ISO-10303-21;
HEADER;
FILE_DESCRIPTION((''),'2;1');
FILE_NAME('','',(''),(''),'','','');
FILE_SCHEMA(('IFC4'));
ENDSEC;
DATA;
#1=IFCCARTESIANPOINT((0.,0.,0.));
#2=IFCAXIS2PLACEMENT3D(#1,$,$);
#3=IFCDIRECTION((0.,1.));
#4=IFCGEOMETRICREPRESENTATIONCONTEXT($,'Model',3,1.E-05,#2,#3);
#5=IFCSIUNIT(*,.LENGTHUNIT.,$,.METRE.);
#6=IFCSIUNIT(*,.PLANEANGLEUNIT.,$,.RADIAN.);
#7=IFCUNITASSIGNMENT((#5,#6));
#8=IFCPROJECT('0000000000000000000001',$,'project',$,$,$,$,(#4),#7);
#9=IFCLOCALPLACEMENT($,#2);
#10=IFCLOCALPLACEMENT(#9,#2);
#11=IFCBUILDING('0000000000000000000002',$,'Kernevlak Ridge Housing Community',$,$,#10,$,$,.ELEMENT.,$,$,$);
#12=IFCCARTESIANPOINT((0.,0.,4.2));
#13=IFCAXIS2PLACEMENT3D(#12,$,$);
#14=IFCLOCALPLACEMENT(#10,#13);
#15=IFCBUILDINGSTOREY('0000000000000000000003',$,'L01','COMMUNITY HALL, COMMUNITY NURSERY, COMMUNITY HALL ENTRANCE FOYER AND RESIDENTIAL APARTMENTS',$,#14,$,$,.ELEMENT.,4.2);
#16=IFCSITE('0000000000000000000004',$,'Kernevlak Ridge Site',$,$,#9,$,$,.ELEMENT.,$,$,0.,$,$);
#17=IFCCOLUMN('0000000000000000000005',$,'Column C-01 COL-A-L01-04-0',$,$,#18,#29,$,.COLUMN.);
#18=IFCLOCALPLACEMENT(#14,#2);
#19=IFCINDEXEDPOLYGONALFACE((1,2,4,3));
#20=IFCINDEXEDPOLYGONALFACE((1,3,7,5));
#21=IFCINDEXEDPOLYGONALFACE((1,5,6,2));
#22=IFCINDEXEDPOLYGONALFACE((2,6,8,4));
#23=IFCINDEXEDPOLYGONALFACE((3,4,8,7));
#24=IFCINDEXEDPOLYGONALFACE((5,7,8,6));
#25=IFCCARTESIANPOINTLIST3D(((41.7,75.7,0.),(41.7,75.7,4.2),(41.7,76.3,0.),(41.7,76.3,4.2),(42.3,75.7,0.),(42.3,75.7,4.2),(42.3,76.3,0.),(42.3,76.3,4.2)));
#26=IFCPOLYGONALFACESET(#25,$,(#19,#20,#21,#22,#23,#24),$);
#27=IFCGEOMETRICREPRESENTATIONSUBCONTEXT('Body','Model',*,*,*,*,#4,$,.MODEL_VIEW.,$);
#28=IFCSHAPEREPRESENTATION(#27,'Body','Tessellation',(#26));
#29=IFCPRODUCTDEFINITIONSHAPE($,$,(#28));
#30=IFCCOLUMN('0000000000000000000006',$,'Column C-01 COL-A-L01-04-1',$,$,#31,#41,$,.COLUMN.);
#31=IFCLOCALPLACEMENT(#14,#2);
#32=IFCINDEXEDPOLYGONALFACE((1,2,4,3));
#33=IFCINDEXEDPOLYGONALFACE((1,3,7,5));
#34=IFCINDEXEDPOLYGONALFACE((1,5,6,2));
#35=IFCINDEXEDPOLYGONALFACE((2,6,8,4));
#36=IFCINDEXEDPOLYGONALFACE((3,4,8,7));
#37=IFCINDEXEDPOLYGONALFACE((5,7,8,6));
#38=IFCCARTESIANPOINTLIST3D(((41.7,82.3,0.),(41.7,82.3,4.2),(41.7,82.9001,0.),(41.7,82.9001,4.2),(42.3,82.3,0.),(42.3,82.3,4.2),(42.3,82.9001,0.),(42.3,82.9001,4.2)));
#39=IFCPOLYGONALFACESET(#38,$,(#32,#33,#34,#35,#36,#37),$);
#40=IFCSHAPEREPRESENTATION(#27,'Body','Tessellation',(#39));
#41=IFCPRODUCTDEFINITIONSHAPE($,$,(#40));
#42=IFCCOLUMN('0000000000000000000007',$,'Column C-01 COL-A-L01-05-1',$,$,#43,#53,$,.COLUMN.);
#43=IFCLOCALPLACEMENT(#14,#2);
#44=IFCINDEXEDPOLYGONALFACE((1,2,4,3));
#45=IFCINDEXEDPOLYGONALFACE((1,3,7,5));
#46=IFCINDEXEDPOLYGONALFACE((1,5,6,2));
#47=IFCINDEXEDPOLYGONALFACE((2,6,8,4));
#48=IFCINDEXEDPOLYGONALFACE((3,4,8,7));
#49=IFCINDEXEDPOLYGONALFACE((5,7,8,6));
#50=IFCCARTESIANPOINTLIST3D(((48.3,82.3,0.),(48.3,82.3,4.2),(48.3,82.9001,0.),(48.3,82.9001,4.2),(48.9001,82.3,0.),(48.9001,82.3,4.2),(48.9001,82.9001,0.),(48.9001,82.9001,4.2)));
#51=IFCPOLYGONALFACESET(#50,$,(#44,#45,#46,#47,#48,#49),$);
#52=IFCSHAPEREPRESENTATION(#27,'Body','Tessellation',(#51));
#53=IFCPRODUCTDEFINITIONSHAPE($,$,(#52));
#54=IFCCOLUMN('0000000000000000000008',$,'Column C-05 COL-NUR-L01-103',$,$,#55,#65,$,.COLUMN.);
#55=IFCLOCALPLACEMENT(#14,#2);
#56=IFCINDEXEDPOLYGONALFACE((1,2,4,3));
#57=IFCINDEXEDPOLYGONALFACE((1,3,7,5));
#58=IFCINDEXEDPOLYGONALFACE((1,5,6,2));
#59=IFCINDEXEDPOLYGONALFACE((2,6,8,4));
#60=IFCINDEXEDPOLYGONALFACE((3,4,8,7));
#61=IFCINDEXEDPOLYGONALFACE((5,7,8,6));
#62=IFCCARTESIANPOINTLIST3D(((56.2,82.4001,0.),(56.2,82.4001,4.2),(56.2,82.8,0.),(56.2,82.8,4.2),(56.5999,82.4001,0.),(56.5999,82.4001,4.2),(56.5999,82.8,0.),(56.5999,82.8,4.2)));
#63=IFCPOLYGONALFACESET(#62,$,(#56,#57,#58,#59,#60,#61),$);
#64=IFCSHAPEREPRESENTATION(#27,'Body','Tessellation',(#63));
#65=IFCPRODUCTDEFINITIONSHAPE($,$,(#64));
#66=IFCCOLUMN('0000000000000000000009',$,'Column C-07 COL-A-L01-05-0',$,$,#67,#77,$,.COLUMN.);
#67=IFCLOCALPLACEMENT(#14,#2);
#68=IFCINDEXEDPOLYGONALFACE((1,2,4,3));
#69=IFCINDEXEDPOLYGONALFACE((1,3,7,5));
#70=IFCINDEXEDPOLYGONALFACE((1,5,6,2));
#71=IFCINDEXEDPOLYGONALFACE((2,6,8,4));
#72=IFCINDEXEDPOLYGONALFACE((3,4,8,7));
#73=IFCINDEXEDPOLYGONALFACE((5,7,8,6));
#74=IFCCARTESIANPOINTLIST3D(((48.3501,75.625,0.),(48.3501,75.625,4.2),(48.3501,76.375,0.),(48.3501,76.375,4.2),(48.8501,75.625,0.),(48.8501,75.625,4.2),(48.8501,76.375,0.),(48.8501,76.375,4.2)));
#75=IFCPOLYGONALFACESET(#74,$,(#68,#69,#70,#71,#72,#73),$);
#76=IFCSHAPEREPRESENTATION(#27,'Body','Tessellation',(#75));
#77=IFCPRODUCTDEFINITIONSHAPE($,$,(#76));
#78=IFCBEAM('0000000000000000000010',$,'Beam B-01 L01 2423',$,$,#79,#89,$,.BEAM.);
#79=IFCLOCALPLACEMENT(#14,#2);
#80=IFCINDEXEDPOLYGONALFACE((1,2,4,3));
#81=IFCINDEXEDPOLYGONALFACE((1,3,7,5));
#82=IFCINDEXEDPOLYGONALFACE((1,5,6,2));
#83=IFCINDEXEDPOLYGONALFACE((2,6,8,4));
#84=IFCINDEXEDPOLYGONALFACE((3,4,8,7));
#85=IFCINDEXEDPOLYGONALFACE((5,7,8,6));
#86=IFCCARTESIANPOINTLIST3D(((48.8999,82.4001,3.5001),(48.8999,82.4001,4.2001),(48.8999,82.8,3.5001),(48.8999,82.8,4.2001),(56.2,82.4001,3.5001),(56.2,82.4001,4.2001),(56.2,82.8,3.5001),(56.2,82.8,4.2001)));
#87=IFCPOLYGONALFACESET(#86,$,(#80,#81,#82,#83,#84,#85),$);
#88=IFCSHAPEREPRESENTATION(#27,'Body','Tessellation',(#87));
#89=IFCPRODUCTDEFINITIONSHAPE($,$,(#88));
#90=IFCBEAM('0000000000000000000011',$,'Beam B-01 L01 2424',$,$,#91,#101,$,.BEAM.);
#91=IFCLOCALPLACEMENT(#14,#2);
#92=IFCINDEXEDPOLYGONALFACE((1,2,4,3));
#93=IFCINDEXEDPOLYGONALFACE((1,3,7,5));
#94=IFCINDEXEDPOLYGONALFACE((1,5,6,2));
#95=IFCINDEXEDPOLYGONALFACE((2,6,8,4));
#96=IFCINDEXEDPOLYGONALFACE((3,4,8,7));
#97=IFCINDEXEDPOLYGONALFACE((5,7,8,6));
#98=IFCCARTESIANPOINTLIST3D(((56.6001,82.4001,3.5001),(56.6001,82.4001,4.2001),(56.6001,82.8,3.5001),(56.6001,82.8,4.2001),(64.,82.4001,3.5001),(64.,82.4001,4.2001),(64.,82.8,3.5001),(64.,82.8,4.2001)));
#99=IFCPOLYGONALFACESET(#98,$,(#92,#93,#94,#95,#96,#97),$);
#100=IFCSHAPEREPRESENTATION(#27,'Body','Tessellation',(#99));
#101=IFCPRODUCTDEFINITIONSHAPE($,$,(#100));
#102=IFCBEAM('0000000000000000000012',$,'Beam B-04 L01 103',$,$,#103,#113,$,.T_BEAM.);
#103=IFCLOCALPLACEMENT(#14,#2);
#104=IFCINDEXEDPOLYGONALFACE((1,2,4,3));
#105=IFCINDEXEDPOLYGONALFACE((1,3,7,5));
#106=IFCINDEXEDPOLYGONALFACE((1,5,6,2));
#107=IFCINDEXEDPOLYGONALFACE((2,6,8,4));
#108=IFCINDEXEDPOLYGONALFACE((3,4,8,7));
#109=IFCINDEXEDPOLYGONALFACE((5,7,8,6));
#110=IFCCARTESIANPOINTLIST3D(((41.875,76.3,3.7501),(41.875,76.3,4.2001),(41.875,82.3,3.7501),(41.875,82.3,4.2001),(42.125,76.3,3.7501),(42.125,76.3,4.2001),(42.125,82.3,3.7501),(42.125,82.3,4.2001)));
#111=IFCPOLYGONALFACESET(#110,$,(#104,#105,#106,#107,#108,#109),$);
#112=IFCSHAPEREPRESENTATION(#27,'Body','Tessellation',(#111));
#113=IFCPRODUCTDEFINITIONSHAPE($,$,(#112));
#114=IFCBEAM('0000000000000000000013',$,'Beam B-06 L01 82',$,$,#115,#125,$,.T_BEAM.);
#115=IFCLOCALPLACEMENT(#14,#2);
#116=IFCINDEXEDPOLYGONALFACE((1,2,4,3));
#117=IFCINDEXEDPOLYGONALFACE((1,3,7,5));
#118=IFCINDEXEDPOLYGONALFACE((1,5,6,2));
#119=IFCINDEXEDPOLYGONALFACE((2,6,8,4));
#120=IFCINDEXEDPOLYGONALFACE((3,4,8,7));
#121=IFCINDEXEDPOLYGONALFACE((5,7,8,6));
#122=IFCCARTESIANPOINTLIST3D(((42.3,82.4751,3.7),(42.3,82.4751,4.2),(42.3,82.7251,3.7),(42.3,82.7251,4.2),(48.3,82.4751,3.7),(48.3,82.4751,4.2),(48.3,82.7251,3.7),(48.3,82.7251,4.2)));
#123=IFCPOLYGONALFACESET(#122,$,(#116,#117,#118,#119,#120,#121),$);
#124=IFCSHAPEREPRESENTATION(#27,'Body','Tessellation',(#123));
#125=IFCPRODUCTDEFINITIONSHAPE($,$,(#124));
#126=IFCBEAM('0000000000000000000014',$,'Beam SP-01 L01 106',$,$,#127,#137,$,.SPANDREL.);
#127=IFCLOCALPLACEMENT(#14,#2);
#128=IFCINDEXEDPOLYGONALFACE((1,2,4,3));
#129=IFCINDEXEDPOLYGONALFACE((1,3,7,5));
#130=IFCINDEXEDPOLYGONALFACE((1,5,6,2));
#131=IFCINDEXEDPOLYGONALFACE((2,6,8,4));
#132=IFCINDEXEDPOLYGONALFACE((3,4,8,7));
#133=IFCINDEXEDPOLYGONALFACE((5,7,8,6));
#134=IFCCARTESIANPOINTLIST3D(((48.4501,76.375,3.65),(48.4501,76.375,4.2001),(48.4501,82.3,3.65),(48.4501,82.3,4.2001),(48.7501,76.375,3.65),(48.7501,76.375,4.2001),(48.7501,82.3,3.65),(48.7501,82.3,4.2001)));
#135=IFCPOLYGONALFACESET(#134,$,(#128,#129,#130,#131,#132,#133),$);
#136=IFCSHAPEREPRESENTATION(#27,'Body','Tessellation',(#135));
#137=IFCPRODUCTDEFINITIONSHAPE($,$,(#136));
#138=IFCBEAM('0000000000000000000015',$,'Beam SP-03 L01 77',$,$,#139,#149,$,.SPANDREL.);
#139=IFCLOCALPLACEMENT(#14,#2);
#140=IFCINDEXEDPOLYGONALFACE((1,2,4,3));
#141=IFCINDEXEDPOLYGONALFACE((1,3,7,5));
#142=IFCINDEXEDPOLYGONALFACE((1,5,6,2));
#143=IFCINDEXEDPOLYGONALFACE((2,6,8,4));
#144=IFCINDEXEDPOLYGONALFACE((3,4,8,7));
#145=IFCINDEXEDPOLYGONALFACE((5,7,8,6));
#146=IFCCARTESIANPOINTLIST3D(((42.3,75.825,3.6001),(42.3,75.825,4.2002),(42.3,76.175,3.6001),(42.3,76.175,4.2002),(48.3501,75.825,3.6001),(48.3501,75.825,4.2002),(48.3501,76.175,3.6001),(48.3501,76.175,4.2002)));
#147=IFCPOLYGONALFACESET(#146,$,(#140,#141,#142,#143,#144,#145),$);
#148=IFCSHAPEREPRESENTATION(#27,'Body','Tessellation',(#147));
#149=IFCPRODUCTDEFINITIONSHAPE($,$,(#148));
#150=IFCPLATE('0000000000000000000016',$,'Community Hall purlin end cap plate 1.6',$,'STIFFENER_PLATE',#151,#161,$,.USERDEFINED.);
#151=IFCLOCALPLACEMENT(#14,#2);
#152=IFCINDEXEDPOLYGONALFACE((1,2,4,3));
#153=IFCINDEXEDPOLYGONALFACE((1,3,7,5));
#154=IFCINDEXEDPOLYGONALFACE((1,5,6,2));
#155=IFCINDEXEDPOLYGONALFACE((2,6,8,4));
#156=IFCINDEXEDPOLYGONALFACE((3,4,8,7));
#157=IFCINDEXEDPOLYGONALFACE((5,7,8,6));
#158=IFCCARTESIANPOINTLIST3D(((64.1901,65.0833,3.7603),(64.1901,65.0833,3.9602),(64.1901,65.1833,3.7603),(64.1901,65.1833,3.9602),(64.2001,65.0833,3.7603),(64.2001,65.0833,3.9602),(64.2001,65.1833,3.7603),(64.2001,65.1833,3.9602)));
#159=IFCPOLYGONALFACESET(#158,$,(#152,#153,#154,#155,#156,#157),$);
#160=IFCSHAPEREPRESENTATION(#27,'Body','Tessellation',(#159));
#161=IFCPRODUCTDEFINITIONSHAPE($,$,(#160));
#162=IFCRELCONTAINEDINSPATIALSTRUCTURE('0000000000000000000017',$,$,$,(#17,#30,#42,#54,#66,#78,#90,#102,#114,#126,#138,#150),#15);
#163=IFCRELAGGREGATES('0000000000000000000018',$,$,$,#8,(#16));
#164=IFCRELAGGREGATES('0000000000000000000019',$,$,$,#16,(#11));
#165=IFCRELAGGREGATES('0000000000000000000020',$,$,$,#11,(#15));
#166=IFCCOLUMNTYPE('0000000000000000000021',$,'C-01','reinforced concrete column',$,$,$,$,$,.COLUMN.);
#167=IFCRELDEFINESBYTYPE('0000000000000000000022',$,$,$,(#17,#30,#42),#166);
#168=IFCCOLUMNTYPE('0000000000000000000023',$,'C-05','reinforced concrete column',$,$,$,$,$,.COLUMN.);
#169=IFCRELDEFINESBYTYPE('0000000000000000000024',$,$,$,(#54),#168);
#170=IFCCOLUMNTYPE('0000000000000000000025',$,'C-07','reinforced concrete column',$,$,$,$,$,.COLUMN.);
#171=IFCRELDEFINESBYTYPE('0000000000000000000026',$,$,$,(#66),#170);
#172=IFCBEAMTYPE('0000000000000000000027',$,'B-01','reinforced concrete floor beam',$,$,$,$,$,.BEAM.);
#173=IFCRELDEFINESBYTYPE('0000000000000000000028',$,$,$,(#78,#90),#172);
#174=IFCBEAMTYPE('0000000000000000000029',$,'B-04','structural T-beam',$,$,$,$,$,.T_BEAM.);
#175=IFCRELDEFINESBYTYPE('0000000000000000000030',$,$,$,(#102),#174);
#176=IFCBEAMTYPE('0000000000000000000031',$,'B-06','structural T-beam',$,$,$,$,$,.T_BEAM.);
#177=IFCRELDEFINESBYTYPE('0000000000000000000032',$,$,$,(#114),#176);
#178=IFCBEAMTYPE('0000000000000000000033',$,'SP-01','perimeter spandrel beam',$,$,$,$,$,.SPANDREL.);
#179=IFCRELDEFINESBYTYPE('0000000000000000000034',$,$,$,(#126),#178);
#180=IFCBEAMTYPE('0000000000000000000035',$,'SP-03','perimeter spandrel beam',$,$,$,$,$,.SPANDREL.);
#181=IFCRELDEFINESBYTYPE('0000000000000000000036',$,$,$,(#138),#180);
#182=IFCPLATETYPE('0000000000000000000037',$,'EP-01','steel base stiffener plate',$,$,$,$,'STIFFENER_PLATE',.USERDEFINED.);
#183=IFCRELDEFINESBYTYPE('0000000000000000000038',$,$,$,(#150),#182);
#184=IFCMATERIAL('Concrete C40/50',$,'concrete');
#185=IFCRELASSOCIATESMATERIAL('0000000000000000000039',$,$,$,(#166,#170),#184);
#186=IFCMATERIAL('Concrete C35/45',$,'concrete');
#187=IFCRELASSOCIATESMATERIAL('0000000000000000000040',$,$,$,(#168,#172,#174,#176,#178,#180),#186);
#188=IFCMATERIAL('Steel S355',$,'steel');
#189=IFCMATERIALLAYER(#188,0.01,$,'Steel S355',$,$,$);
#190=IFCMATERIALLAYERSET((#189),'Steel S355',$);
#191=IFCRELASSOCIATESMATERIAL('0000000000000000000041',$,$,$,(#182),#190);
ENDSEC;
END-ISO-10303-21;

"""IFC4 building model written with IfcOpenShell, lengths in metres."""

from ifc_helpers import new_model, si_unit, direction, frame, origin, origin_2d, place, context, subcontext, project, spatial, rectangle, extrude, material, layer, layer_set, material_profile, profile_set, type_object, element, save


model = new_model("IFC4")

# Units and contexts
model_context = context("Model", 3, precision=1e-05, world=origin(), true_north=direction((0.0, 1.0)))
body_context = subcontext(model_context, "Body", "Model", "MODEL_VIEW")
ifc_project = project(units=[si_unit("LENGTHUNIT", "METRE"), si_unit("PLANEANGLEUNIT", "RADIAN")], contexts=[model_context])

# Site, building, storey
site_placement = place(None, origin())
site = spatial("IfcSite", under=ifc_project, at=site_placement, Name="Kernevlak Ridge Site", CompositionType="ELEMENT", RefElevation=0.0)
building_placement = place(site_placement, origin())
building = spatial("IfcBuilding", under=site, at=building_placement, Name="Kernevlak Ridge Housing Community", CompositionType="ELEMENT")
storey_placement = place(building_placement, frame((0.0, 0.0, 4.2)))
storey = spatial("IfcBuildingStorey", under=building, at=storey_placement, Name="L01", Description="COMMUNITY HALL, COMMUNITY NURSERY, COMMUNITY HALL ENTRANCE FOYER AND RESIDENTIAL APARTMENTS", CompositionType="ELEMENT", Elevation=4.2)

# Columns
ifc_material_1 = material(Name="Concrete C40/50", Category="concrete")
ifc_material_profile_1 = material_profile(ifc_material_1, rectangle(XDim=0.6001, YDim=0.6001, at=origin_2d()), Name="RC 600x600")
ifc_profile_set_1 = profile_set([ifc_material_profile_1], Name="Concrete C40/50")
column_type_1 = type_object("IfcColumnType", Name="C-01", Description="reinforced concrete column", PredefinedType="COLUMN", material=ifc_profile_set_1)
for number, where, z_axis, x_axis, name in (
    (1, (42.0, 76.0, 0.0), (0.0, 0.0, 1.0), (1.0, 0.0, 0.0), "Column C-01 COL-A-L01-04-0"),
    (2, (42.0, 82.6001, 0.0), (0.0, 0.0, 1.0), (1.0, 0.0, 0.0), "Column C-01 COL-A-L01-04-1"),
    (3, (48.6001, 82.6001, 0.0), (0.0, 0.0, 1.0), (1.0, 0.0, 0.0), "Column C-01 COL-A-L01-05-1"),
):
    element("IfcColumn", number, at=place(storey_placement, frame(where, z_axis=z_axis, x_axis=x_axis)), inside=storey, type_object=column_type_1, Name=name, PredefinedType="COLUMN", context=body_context, shape_type="SweptSolid", body=[
        extrude(rectangle(XDim=0.6001, YDim=0.6001, at=origin_2d()), origin(), (0.0, 0.0, 1.0), 4.2),
    ])
ifc_material_2 = material(Name="Concrete C35/45", Category="concrete")
ifc_material_profile_2 = material_profile(ifc_material_2, rectangle(XDim=0.3999, YDim=0.3999, at=origin_2d()), Name="RC 400x400")
ifc_profile_set_2 = profile_set([ifc_material_profile_2], Name="Concrete C35/45")
column_type_2 = type_object("IfcColumnType", Name="C-05", Description="reinforced concrete column", PredefinedType="COLUMN", material=ifc_profile_set_2)
column_1_placement = place(storey_placement, frame((56.3999, 82.6001, 0.0), z_axis=(0.0, 0.0, 1.0), x_axis=(1.0, 0.0, 0.0)))
element("IfcColumn", 4, at=column_1_placement, inside=storey, type_object=column_type_2, Name="Column C-05 COL-NUR-L01-103", PredefinedType="COLUMN", context=body_context, shape_type="SweptSolid", body=[
    extrude(rectangle(XDim=0.3999, YDim=0.3999, at=origin_2d()), origin(), (0.0, 0.0, 1.0), 4.2),
])
ifc_material_profile_3 = material_profile(ifc_material_1, rectangle(XDim=0.5, YDim=0.75, at=origin_2d()), Name="RC 500x750")
ifc_profile_set_3 = profile_set([ifc_material_profile_3], Name="Concrete C40/50")
column_type_3 = type_object("IfcColumnType", Name="C-07", Description="reinforced concrete column", PredefinedType="COLUMN", material=ifc_profile_set_3)
column_2_placement = place(storey_placement, frame((48.6001, 76.0, 0.0), z_axis=(0.0, 0.0, 1.0), x_axis=(1.0, 0.0, 0.0)))
element("IfcColumn", 5, at=column_2_placement, inside=storey, type_object=column_type_3, Name="Column C-07 COL-A-L01-05-0", PredefinedType="COLUMN", context=body_context, shape_type="SweptSolid", body=[
    extrude(rectangle(XDim=0.5, YDim=0.75, at=origin_2d()), origin(), (0.0, 0.0, 1.0), 4.2),
])

# Beams
ifc_material_profile_4 = material_profile(ifc_material_2, rectangle(XDim=0.3999, YDim=0.7, at=origin_2d()), Name="RC 400x700")
ifc_profile_set_4 = profile_set([ifc_material_profile_4], Name="Concrete C35/45")
beam_type_1 = type_object("IfcBeamType", Name="B-01", Description="reinforced concrete floor beam", PredefinedType="BEAM", material=ifc_profile_set_4)
beam_1_placement = place(storey_placement, frame((48.8999, 82.6001, 3.8501), z_axis=(1.0, 0.0, 0.0), x_axis=(0.0, 1.0, 0.0)))
element("IfcBeam", 6, at=beam_1_placement, inside=storey, type_object=beam_type_1, Name="Beam B-01 L01 2423", PredefinedType="BEAM", context=body_context, shape_type="SweptSolid", body=[
    extrude(rectangle(XDim=0.3999, YDim=0.7, at=origin_2d()), origin(), (0.0, 0.0, 1.0), 7.3),
])
beam_2_placement = place(storey_placement, frame((56.6001, 82.6001, 3.8501), z_axis=(1.0, 0.0, 0.0), x_axis=(0.0, 1.0, 0.0)))
element("IfcBeam", 7, at=beam_2_placement, inside=storey, type_object=beam_type_1, Name="Beam B-01 L01 2424", PredefinedType="BEAM", context=body_context, shape_type="SweptSolid", body=[
    extrude(rectangle(XDim=0.3999, YDim=0.7, at=origin_2d()), origin(), (0.0, 0.0, 1.0), 7.3999),
])
ifc_material_profile_5 = material_profile(ifc_material_2, rectangle(XDim=0.25, YDim=0.45, at=origin_2d()), Name="RC 250x450")
ifc_profile_set_5 = profile_set([ifc_material_profile_5], Name="Concrete C35/45")
beam_type_2 = type_object("IfcBeamType", Name="B-04", Description="structural T-beam", PredefinedType="T_BEAM", material=ifc_profile_set_5)
beam_3_placement = place(storey_placement, frame((42.0, 76.3, 3.9751), z_axis=(0.0, 1.0, 0.0), x_axis=(-1.0, 0.0, 0.0)))
element("IfcBeam", 8, at=beam_3_placement, inside=storey, type_object=beam_type_2, Name="Beam B-04 L01 103", PredefinedType="T_BEAM", context=body_context, shape_type="SweptSolid", body=[
    extrude(rectangle(XDim=0.25, YDim=0.45, at=origin_2d()), origin(), (0.0, 0.0, 1.0), 6.0),
])
ifc_material_profile_6 = material_profile(ifc_material_2, rectangle(XDim=0.25, YDim=0.5, at=origin_2d()), Name="RC 250x500")
ifc_profile_set_6 = profile_set([ifc_material_profile_6], Name="Concrete C35/45")
beam_type_3 = type_object("IfcBeamType", Name="B-06", Description="structural T-beam", PredefinedType="T_BEAM", material=ifc_profile_set_6)
beam_4_placement = place(storey_placement, frame((42.3, 82.6001, 3.95), z_axis=(1.0, 0.0, 0.0), x_axis=(0.0, 1.0, 0.0)))
element("IfcBeam", 9, at=beam_4_placement, inside=storey, type_object=beam_type_3, Name="Beam B-06 L01 82", PredefinedType="T_BEAM", context=body_context, shape_type="SweptSolid", body=[
    extrude(rectangle(XDim=0.25, YDim=0.5, at=origin_2d()), origin(), (0.0, 0.0, 1.0), 6.0),
])
ifc_material_profile_7 = material_profile(ifc_material_2, rectangle(XDim=0.3, YDim=0.55, at=origin_2d()), Name="RC 300x550")
ifc_profile_set_7 = profile_set([ifc_material_profile_7], Name="Concrete C35/45")
beam_type_4 = type_object("IfcBeamType", Name="SP-01", Description="perimeter spandrel beam", PredefinedType="SPANDREL", material=ifc_profile_set_7)
beam_5_placement = place(storey_placement, frame((48.6001, 76.375, 3.925), z_axis=(0.0, 1.0, 0.0), x_axis=(-1.0, 0.0, 0.0)))
element("IfcBeam", 10, at=beam_5_placement, inside=storey, type_object=beam_type_4, Name="Beam SP-01 L01 106", PredefinedType="SPANDREL", context=body_context, shape_type="SweptSolid", body=[
    extrude(rectangle(XDim=0.3, YDim=0.55, at=origin_2d()), origin(), (0.0, 0.0, 1.0), 5.925),
])
ifc_material_profile_8 = material_profile(ifc_material_2, rectangle(XDim=0.3501, YDim=0.6001, at=origin_2d()), Name="RC 350x600")
ifc_profile_set_8 = profile_set([ifc_material_profile_8], Name="Concrete C35/45")
beam_type_5 = type_object("IfcBeamType", Name="SP-03", Description="perimeter spandrel beam", PredefinedType="SPANDREL", material=ifc_profile_set_8)
beam_6_placement = place(storey_placement, frame((42.3, 76.0, 3.9001), z_axis=(1.0, 0.0, 0.0), x_axis=(0.0, 1.0, 0.0)))
element("IfcBeam", 11, at=beam_6_placement, inside=storey, type_object=beam_type_5, Name="Beam SP-03 L01 77", PredefinedType="SPANDREL", context=body_context, shape_type="SweptSolid", body=[
    extrude(rectangle(XDim=0.3501, YDim=0.6001, at=origin_2d()), origin(), (0.0, 0.0, 1.0), 6.05),
])

# Plate
ifc_material_3 = material(Name="Steel S355", Category="steel")
ifc_layer_1 = layer(ifc_material_3, 0.01, Name="Steel S355")
ifc_layer_set_1 = layer_set([ifc_layer_1], Name="Steel S355")
plate_type = type_object("IfcPlateType", Name="EP-01", Description="steel base stiffener plate", ElementType="STIFFENER_PLATE", PredefinedType="USERDEFINED", material=ifc_layer_set_1)
plate_placement = place(storey_placement, frame((64.1951, 65.1333, 3.7603), z_axis=(0.0, 0.0, 1.0), x_axis=(1.0, 0.0, 0.0)))
element("IfcPlate", 12, at=plate_placement, inside=storey, type_object=plate_type, Name="Community Hall purlin end cap plate 1.6", ObjectType="STIFFENER_PLATE", PredefinedType="USERDEFINED", context=body_context, shape_type="SweptSolid", body=[
    extrude(rectangle(XDim=0.01, YDim=0.1001, at=origin_2d()), origin(), (0.0, 0.0, 1.0), 0.2),
])

save(model, "model.ifc")
